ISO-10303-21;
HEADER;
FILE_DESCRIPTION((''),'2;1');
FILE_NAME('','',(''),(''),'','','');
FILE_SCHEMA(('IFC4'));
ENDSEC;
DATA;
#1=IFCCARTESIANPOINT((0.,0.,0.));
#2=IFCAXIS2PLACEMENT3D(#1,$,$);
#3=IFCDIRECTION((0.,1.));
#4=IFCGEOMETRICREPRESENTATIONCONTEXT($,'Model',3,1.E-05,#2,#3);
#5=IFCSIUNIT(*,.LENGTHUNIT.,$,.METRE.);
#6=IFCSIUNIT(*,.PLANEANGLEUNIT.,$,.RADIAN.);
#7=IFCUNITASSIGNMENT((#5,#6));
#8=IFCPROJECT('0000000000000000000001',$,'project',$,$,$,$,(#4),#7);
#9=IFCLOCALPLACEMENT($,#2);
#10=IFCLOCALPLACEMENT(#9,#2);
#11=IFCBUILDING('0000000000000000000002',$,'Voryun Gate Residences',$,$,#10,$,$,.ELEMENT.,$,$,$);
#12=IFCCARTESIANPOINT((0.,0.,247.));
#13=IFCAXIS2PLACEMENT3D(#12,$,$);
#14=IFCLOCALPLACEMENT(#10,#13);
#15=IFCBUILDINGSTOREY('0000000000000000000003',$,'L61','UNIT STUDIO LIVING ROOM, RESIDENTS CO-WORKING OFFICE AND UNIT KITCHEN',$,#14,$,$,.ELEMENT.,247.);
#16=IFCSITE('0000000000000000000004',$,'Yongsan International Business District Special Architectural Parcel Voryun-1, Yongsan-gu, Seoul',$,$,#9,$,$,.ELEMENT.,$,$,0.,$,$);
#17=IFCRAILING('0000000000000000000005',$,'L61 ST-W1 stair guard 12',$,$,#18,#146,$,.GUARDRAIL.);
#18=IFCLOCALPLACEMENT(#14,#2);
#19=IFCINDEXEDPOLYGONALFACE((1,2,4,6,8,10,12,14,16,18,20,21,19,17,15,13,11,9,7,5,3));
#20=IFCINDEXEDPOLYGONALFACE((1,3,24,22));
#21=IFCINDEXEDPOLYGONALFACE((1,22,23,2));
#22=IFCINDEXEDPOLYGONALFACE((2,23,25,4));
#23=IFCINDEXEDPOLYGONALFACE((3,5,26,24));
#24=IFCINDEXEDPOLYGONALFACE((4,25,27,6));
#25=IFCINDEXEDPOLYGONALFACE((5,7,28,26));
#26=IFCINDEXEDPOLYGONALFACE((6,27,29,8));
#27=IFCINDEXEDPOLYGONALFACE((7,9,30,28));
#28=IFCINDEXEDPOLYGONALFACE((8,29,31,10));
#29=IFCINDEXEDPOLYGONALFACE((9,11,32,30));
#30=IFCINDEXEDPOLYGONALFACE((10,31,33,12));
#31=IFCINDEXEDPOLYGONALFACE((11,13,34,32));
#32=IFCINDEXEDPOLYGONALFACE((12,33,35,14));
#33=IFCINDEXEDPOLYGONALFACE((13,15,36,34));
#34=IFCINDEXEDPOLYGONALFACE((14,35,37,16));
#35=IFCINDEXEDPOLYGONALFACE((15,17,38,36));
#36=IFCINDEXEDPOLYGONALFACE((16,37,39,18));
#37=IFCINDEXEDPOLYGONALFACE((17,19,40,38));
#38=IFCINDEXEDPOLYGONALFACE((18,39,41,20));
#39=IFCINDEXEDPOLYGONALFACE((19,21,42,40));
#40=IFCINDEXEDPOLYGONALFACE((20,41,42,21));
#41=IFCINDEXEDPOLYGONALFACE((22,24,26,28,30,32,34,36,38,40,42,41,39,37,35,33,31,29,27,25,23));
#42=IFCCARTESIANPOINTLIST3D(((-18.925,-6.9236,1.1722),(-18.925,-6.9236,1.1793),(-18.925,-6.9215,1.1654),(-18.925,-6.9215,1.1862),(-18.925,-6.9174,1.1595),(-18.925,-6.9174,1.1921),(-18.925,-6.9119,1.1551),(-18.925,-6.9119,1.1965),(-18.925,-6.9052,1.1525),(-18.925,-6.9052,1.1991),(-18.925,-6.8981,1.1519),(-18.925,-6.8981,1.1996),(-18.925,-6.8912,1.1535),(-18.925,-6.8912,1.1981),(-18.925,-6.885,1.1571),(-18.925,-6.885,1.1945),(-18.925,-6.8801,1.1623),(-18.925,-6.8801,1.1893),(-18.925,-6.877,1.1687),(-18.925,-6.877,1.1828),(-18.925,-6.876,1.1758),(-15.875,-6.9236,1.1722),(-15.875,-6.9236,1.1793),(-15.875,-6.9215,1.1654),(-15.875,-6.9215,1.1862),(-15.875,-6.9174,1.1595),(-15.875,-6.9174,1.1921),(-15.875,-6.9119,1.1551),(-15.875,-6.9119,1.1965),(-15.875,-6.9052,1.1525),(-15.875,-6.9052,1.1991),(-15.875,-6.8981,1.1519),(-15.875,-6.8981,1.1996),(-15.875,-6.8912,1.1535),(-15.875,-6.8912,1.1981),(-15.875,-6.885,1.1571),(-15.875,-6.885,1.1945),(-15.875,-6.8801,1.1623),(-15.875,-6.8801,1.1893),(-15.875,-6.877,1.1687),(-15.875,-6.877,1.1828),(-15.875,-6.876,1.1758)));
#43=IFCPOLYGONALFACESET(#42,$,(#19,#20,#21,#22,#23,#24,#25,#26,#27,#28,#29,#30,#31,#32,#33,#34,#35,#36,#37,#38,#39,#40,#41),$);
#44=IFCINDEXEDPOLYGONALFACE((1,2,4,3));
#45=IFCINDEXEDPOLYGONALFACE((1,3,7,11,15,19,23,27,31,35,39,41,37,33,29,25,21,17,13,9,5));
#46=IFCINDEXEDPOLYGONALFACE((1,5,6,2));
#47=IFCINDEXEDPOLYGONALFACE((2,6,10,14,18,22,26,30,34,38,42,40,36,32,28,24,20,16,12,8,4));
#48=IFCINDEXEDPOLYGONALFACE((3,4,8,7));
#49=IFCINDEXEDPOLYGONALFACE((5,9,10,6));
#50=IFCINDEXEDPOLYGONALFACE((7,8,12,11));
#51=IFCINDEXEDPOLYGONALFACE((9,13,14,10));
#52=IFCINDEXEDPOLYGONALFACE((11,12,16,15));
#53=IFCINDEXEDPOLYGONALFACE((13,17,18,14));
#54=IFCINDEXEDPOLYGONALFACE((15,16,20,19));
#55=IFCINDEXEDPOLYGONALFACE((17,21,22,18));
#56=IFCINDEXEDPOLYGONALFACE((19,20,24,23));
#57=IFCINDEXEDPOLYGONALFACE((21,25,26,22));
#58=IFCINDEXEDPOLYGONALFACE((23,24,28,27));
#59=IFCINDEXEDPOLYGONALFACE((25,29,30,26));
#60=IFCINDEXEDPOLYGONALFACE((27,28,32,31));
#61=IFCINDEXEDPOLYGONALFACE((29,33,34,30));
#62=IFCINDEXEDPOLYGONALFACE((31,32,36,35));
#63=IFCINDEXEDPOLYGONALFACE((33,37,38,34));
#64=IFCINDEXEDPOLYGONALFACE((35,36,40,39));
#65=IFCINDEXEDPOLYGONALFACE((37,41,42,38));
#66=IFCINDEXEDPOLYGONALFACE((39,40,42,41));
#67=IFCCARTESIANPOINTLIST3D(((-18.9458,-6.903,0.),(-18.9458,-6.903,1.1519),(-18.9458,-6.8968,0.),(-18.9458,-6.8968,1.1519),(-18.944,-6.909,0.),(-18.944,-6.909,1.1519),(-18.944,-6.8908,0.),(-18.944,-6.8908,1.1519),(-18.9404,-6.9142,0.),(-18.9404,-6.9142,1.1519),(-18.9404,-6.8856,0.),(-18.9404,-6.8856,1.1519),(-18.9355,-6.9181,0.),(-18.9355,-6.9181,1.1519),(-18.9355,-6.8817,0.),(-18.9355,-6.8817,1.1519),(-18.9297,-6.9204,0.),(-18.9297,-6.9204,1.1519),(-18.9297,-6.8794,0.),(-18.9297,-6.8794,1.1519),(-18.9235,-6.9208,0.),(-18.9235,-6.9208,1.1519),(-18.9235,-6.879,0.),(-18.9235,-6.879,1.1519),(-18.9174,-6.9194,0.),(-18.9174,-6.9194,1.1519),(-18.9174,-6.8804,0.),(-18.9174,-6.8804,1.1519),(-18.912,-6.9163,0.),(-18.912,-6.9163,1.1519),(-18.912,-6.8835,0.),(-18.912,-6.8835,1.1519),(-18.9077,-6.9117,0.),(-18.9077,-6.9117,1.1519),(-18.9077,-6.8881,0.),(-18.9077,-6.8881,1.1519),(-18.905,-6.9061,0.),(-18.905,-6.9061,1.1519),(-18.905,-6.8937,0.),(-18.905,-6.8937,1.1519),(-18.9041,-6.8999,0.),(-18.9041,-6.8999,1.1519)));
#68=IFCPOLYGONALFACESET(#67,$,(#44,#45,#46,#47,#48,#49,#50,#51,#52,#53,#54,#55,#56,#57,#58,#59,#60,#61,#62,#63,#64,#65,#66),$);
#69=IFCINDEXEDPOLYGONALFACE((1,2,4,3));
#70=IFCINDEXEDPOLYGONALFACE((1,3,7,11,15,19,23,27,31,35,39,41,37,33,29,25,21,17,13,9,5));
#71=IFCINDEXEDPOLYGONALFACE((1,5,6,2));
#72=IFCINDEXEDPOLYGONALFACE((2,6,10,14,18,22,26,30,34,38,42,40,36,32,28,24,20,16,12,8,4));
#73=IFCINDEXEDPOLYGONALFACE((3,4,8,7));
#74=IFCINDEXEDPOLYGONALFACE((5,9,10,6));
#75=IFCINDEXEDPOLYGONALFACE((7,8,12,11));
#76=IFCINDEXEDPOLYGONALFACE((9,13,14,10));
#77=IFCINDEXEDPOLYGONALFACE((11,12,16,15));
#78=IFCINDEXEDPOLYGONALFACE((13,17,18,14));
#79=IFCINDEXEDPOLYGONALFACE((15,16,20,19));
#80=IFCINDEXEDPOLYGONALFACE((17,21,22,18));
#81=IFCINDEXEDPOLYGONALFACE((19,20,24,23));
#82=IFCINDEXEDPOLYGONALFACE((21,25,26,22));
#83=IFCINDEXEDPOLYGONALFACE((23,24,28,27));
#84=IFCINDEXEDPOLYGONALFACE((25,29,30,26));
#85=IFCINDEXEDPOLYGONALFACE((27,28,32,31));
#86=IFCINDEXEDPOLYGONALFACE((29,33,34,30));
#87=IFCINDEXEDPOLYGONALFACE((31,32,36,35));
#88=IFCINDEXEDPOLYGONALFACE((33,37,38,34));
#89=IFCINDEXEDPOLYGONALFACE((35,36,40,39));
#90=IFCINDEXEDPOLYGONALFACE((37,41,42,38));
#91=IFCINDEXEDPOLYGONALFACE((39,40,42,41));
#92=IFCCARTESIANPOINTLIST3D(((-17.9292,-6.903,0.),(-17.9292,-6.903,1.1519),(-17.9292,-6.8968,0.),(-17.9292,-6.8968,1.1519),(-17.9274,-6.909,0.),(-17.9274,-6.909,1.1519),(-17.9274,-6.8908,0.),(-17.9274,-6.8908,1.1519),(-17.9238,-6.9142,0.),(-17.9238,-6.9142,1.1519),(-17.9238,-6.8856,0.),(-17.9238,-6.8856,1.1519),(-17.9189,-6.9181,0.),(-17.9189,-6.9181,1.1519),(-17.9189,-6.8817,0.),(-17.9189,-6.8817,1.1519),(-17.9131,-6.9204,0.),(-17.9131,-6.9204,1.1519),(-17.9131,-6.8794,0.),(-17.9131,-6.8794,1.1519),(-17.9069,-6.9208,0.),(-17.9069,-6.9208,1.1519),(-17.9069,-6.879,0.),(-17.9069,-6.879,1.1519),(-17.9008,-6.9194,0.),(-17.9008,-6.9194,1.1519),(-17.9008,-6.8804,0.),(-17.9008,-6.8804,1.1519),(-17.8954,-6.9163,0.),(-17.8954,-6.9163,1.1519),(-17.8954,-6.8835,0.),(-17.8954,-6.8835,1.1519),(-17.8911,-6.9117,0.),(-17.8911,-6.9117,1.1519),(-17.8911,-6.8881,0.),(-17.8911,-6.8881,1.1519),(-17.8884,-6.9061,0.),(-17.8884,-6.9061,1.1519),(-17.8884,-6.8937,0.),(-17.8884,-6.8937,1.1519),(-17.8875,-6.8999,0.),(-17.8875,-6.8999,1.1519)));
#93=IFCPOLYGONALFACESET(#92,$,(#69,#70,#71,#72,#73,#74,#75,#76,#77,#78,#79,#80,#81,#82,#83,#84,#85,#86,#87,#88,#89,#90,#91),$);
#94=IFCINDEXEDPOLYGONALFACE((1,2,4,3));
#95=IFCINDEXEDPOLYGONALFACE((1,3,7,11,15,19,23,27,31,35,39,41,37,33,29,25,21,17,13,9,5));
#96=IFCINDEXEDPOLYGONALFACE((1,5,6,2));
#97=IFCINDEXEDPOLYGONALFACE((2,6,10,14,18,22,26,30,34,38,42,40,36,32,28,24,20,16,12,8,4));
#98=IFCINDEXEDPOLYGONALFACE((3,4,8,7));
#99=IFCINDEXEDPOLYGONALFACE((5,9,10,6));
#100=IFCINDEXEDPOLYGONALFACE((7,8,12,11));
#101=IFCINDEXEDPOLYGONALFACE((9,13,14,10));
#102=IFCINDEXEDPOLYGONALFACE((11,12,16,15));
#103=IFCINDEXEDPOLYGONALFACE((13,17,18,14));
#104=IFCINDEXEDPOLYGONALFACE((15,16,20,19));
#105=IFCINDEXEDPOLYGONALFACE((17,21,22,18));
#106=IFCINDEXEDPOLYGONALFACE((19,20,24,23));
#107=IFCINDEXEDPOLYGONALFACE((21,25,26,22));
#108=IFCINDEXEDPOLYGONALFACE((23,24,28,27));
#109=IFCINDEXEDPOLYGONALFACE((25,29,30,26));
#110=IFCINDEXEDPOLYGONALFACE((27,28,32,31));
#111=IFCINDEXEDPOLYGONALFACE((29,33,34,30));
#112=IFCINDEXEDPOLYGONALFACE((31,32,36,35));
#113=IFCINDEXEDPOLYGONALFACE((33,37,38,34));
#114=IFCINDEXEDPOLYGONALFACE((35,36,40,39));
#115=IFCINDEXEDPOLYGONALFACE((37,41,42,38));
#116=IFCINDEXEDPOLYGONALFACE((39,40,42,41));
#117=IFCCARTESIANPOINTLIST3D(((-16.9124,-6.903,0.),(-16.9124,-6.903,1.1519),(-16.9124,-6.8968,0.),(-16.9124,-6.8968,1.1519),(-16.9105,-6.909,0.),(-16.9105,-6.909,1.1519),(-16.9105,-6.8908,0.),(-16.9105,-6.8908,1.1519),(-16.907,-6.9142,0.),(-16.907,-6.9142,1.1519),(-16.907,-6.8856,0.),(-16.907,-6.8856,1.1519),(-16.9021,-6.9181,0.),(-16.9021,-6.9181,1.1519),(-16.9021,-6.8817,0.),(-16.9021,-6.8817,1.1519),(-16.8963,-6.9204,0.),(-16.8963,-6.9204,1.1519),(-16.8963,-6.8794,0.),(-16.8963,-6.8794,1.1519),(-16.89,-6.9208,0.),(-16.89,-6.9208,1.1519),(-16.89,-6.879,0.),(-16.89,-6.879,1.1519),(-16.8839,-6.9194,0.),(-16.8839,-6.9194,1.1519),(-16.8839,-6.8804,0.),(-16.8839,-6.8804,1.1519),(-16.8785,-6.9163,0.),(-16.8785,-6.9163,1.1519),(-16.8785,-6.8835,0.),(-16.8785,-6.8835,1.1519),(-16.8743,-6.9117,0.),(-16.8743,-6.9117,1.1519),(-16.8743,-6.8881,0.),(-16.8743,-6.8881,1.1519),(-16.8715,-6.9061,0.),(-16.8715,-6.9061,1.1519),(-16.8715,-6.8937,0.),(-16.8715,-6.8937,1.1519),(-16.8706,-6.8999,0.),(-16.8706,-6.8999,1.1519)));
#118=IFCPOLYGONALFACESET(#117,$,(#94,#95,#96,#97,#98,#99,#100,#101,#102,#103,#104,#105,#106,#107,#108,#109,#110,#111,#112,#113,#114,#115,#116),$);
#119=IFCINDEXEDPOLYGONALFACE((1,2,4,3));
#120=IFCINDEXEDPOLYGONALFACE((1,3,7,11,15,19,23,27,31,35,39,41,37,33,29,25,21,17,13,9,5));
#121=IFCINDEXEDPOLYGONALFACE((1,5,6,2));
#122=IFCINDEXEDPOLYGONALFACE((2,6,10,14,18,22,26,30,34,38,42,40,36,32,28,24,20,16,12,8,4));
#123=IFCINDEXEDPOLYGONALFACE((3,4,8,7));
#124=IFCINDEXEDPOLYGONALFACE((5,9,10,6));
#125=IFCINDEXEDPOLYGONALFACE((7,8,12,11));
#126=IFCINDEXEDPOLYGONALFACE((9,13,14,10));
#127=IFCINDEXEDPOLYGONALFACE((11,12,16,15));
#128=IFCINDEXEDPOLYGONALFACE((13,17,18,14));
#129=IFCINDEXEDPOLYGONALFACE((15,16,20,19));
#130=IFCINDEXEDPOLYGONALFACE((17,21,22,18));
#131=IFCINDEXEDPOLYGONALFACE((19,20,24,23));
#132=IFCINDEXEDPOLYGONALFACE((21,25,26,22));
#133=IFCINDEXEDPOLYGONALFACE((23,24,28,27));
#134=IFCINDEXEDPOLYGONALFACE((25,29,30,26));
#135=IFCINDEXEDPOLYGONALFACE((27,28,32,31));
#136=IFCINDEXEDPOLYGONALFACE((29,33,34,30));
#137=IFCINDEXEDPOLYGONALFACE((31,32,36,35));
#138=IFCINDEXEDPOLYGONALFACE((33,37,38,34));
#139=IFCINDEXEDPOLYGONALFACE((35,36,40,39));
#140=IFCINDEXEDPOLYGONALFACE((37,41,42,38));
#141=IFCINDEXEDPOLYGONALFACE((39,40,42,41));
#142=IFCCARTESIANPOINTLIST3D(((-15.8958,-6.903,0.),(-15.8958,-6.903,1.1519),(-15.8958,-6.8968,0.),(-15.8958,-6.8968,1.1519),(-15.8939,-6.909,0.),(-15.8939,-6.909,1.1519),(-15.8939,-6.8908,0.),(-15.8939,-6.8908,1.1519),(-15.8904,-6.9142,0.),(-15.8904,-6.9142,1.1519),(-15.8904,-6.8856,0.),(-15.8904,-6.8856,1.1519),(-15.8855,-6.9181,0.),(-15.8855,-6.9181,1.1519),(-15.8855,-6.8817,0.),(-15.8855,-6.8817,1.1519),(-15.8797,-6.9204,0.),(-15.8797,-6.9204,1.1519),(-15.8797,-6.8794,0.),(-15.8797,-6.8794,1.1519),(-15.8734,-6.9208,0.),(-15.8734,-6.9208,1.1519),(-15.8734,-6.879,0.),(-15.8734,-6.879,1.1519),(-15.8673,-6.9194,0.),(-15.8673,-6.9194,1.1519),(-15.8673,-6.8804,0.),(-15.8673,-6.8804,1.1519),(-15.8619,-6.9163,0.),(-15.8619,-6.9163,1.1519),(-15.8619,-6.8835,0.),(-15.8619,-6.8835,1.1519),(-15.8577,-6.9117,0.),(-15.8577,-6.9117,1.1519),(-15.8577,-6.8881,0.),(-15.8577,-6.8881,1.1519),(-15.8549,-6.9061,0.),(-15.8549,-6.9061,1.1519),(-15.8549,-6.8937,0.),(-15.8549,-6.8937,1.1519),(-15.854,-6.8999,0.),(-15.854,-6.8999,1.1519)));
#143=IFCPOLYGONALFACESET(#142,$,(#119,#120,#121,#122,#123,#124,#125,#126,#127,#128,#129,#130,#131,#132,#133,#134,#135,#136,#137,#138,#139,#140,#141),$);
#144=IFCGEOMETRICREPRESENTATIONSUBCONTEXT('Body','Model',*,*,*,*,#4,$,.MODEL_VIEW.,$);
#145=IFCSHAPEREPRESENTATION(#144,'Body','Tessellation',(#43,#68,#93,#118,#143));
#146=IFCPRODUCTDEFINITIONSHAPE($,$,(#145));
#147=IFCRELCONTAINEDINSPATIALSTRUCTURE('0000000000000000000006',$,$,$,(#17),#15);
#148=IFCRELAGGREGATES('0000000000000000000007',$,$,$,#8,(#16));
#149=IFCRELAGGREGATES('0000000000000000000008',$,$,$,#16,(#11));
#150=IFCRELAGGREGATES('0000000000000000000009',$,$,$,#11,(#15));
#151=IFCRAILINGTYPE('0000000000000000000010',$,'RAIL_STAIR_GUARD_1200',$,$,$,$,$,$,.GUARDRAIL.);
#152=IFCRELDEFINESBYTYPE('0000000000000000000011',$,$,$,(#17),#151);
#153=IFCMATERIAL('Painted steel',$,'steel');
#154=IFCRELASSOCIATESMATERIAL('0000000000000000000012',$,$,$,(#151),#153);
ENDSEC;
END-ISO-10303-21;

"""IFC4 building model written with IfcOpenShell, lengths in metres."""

from ifc_helpers import new_model, si_unit, direction, frame, origin, origin_2d, place, context, subcontext, project, spatial, circle, extrude, material, type_object, element, save


model = new_model("IFC4")

# Units and contexts
model_context = context("Model", 3, precision=1e-05, world=origin(), true_north=direction((0.0, 1.0)))
body_context = subcontext(model_context, "Body", "Model", "MODEL_VIEW")
ifc_project = project(units=[si_unit("LENGTHUNIT", "METRE"), si_unit("PLANEANGLEUNIT", "RADIAN")], contexts=[model_context])

# Site, building, storey
site_placement = place(None, origin())
site = spatial("IfcSite", under=ifc_project, at=site_placement, Name="Yongsan International Business District Special Architectural Parcel Voryun-1, Yongsan-gu, Seoul", CompositionType="ELEMENT", RefElevation=0.0)
building_placement = place(site_placement, origin())
building = spatial("IfcBuilding", under=site, at=building_placement, Name="Voryun Gate Residences", CompositionType="ELEMENT")
storey_placement = place(building_placement, frame((0.0, 0.0, 247.0)))
storey = spatial("IfcBuildingStorey", under=building, at=storey_placement, Name="L61", Description="UNIT STUDIO LIVING ROOM, RESIDENTS CO-WORKING OFFICE AND UNIT KITCHEN", CompositionType="ELEMENT", Elevation=247.0)

# Railing
ifc_material_1 = material(Name="Painted steel", Category="steel")
railing_type_1 = type_object("IfcRailingType", Name="RAIL_STAIR_GUARD_1200", PredefinedType="GUARDRAIL", material=ifc_material_1)
railing_1_placement = place(storey_placement, frame((-18.925, -6.8999, 0.0)))
element("IfcRailing", 1, at=railing_1_placement, inside=storey, type_object=railing_type_1, Name="L61 ST-W1 stair guard 12", PredefinedType="GUARDRAIL", context=body_context, shape_type="SweptSolid", body=[
    extrude(circle(Radius=0.0239, at=origin_2d()), frame((0.0, 0.0, 1.1758), z_axis=(1.0, 0.0, 0.0), x_axis=(0.0, 1.0, 0.0)), (0.0, 0.0, 1.0), 3.05),
    extrude(circle(Radius=0.021, at=origin_2d()), origin(), (0.0, 0.0, 1.0), 1.1519),
    extrude(circle(Radius=0.021, at=origin_2d()), frame((1.0166, 0.0, 0.0)), (0.0, 0.0, 1.0), 1.1519),
    extrude(circle(Radius=0.021, at=origin_2d()), frame((2.0334, 0.0, 0.0)), (0.0, 0.0, 1.0), 1.1519),
    extrude(circle(Radius=0.021, at=origin_2d()), frame((3.05, 0.0, 0.0)), (0.0, 0.0, 1.0), 1.1519),
])

save(model, "model.ifc")
